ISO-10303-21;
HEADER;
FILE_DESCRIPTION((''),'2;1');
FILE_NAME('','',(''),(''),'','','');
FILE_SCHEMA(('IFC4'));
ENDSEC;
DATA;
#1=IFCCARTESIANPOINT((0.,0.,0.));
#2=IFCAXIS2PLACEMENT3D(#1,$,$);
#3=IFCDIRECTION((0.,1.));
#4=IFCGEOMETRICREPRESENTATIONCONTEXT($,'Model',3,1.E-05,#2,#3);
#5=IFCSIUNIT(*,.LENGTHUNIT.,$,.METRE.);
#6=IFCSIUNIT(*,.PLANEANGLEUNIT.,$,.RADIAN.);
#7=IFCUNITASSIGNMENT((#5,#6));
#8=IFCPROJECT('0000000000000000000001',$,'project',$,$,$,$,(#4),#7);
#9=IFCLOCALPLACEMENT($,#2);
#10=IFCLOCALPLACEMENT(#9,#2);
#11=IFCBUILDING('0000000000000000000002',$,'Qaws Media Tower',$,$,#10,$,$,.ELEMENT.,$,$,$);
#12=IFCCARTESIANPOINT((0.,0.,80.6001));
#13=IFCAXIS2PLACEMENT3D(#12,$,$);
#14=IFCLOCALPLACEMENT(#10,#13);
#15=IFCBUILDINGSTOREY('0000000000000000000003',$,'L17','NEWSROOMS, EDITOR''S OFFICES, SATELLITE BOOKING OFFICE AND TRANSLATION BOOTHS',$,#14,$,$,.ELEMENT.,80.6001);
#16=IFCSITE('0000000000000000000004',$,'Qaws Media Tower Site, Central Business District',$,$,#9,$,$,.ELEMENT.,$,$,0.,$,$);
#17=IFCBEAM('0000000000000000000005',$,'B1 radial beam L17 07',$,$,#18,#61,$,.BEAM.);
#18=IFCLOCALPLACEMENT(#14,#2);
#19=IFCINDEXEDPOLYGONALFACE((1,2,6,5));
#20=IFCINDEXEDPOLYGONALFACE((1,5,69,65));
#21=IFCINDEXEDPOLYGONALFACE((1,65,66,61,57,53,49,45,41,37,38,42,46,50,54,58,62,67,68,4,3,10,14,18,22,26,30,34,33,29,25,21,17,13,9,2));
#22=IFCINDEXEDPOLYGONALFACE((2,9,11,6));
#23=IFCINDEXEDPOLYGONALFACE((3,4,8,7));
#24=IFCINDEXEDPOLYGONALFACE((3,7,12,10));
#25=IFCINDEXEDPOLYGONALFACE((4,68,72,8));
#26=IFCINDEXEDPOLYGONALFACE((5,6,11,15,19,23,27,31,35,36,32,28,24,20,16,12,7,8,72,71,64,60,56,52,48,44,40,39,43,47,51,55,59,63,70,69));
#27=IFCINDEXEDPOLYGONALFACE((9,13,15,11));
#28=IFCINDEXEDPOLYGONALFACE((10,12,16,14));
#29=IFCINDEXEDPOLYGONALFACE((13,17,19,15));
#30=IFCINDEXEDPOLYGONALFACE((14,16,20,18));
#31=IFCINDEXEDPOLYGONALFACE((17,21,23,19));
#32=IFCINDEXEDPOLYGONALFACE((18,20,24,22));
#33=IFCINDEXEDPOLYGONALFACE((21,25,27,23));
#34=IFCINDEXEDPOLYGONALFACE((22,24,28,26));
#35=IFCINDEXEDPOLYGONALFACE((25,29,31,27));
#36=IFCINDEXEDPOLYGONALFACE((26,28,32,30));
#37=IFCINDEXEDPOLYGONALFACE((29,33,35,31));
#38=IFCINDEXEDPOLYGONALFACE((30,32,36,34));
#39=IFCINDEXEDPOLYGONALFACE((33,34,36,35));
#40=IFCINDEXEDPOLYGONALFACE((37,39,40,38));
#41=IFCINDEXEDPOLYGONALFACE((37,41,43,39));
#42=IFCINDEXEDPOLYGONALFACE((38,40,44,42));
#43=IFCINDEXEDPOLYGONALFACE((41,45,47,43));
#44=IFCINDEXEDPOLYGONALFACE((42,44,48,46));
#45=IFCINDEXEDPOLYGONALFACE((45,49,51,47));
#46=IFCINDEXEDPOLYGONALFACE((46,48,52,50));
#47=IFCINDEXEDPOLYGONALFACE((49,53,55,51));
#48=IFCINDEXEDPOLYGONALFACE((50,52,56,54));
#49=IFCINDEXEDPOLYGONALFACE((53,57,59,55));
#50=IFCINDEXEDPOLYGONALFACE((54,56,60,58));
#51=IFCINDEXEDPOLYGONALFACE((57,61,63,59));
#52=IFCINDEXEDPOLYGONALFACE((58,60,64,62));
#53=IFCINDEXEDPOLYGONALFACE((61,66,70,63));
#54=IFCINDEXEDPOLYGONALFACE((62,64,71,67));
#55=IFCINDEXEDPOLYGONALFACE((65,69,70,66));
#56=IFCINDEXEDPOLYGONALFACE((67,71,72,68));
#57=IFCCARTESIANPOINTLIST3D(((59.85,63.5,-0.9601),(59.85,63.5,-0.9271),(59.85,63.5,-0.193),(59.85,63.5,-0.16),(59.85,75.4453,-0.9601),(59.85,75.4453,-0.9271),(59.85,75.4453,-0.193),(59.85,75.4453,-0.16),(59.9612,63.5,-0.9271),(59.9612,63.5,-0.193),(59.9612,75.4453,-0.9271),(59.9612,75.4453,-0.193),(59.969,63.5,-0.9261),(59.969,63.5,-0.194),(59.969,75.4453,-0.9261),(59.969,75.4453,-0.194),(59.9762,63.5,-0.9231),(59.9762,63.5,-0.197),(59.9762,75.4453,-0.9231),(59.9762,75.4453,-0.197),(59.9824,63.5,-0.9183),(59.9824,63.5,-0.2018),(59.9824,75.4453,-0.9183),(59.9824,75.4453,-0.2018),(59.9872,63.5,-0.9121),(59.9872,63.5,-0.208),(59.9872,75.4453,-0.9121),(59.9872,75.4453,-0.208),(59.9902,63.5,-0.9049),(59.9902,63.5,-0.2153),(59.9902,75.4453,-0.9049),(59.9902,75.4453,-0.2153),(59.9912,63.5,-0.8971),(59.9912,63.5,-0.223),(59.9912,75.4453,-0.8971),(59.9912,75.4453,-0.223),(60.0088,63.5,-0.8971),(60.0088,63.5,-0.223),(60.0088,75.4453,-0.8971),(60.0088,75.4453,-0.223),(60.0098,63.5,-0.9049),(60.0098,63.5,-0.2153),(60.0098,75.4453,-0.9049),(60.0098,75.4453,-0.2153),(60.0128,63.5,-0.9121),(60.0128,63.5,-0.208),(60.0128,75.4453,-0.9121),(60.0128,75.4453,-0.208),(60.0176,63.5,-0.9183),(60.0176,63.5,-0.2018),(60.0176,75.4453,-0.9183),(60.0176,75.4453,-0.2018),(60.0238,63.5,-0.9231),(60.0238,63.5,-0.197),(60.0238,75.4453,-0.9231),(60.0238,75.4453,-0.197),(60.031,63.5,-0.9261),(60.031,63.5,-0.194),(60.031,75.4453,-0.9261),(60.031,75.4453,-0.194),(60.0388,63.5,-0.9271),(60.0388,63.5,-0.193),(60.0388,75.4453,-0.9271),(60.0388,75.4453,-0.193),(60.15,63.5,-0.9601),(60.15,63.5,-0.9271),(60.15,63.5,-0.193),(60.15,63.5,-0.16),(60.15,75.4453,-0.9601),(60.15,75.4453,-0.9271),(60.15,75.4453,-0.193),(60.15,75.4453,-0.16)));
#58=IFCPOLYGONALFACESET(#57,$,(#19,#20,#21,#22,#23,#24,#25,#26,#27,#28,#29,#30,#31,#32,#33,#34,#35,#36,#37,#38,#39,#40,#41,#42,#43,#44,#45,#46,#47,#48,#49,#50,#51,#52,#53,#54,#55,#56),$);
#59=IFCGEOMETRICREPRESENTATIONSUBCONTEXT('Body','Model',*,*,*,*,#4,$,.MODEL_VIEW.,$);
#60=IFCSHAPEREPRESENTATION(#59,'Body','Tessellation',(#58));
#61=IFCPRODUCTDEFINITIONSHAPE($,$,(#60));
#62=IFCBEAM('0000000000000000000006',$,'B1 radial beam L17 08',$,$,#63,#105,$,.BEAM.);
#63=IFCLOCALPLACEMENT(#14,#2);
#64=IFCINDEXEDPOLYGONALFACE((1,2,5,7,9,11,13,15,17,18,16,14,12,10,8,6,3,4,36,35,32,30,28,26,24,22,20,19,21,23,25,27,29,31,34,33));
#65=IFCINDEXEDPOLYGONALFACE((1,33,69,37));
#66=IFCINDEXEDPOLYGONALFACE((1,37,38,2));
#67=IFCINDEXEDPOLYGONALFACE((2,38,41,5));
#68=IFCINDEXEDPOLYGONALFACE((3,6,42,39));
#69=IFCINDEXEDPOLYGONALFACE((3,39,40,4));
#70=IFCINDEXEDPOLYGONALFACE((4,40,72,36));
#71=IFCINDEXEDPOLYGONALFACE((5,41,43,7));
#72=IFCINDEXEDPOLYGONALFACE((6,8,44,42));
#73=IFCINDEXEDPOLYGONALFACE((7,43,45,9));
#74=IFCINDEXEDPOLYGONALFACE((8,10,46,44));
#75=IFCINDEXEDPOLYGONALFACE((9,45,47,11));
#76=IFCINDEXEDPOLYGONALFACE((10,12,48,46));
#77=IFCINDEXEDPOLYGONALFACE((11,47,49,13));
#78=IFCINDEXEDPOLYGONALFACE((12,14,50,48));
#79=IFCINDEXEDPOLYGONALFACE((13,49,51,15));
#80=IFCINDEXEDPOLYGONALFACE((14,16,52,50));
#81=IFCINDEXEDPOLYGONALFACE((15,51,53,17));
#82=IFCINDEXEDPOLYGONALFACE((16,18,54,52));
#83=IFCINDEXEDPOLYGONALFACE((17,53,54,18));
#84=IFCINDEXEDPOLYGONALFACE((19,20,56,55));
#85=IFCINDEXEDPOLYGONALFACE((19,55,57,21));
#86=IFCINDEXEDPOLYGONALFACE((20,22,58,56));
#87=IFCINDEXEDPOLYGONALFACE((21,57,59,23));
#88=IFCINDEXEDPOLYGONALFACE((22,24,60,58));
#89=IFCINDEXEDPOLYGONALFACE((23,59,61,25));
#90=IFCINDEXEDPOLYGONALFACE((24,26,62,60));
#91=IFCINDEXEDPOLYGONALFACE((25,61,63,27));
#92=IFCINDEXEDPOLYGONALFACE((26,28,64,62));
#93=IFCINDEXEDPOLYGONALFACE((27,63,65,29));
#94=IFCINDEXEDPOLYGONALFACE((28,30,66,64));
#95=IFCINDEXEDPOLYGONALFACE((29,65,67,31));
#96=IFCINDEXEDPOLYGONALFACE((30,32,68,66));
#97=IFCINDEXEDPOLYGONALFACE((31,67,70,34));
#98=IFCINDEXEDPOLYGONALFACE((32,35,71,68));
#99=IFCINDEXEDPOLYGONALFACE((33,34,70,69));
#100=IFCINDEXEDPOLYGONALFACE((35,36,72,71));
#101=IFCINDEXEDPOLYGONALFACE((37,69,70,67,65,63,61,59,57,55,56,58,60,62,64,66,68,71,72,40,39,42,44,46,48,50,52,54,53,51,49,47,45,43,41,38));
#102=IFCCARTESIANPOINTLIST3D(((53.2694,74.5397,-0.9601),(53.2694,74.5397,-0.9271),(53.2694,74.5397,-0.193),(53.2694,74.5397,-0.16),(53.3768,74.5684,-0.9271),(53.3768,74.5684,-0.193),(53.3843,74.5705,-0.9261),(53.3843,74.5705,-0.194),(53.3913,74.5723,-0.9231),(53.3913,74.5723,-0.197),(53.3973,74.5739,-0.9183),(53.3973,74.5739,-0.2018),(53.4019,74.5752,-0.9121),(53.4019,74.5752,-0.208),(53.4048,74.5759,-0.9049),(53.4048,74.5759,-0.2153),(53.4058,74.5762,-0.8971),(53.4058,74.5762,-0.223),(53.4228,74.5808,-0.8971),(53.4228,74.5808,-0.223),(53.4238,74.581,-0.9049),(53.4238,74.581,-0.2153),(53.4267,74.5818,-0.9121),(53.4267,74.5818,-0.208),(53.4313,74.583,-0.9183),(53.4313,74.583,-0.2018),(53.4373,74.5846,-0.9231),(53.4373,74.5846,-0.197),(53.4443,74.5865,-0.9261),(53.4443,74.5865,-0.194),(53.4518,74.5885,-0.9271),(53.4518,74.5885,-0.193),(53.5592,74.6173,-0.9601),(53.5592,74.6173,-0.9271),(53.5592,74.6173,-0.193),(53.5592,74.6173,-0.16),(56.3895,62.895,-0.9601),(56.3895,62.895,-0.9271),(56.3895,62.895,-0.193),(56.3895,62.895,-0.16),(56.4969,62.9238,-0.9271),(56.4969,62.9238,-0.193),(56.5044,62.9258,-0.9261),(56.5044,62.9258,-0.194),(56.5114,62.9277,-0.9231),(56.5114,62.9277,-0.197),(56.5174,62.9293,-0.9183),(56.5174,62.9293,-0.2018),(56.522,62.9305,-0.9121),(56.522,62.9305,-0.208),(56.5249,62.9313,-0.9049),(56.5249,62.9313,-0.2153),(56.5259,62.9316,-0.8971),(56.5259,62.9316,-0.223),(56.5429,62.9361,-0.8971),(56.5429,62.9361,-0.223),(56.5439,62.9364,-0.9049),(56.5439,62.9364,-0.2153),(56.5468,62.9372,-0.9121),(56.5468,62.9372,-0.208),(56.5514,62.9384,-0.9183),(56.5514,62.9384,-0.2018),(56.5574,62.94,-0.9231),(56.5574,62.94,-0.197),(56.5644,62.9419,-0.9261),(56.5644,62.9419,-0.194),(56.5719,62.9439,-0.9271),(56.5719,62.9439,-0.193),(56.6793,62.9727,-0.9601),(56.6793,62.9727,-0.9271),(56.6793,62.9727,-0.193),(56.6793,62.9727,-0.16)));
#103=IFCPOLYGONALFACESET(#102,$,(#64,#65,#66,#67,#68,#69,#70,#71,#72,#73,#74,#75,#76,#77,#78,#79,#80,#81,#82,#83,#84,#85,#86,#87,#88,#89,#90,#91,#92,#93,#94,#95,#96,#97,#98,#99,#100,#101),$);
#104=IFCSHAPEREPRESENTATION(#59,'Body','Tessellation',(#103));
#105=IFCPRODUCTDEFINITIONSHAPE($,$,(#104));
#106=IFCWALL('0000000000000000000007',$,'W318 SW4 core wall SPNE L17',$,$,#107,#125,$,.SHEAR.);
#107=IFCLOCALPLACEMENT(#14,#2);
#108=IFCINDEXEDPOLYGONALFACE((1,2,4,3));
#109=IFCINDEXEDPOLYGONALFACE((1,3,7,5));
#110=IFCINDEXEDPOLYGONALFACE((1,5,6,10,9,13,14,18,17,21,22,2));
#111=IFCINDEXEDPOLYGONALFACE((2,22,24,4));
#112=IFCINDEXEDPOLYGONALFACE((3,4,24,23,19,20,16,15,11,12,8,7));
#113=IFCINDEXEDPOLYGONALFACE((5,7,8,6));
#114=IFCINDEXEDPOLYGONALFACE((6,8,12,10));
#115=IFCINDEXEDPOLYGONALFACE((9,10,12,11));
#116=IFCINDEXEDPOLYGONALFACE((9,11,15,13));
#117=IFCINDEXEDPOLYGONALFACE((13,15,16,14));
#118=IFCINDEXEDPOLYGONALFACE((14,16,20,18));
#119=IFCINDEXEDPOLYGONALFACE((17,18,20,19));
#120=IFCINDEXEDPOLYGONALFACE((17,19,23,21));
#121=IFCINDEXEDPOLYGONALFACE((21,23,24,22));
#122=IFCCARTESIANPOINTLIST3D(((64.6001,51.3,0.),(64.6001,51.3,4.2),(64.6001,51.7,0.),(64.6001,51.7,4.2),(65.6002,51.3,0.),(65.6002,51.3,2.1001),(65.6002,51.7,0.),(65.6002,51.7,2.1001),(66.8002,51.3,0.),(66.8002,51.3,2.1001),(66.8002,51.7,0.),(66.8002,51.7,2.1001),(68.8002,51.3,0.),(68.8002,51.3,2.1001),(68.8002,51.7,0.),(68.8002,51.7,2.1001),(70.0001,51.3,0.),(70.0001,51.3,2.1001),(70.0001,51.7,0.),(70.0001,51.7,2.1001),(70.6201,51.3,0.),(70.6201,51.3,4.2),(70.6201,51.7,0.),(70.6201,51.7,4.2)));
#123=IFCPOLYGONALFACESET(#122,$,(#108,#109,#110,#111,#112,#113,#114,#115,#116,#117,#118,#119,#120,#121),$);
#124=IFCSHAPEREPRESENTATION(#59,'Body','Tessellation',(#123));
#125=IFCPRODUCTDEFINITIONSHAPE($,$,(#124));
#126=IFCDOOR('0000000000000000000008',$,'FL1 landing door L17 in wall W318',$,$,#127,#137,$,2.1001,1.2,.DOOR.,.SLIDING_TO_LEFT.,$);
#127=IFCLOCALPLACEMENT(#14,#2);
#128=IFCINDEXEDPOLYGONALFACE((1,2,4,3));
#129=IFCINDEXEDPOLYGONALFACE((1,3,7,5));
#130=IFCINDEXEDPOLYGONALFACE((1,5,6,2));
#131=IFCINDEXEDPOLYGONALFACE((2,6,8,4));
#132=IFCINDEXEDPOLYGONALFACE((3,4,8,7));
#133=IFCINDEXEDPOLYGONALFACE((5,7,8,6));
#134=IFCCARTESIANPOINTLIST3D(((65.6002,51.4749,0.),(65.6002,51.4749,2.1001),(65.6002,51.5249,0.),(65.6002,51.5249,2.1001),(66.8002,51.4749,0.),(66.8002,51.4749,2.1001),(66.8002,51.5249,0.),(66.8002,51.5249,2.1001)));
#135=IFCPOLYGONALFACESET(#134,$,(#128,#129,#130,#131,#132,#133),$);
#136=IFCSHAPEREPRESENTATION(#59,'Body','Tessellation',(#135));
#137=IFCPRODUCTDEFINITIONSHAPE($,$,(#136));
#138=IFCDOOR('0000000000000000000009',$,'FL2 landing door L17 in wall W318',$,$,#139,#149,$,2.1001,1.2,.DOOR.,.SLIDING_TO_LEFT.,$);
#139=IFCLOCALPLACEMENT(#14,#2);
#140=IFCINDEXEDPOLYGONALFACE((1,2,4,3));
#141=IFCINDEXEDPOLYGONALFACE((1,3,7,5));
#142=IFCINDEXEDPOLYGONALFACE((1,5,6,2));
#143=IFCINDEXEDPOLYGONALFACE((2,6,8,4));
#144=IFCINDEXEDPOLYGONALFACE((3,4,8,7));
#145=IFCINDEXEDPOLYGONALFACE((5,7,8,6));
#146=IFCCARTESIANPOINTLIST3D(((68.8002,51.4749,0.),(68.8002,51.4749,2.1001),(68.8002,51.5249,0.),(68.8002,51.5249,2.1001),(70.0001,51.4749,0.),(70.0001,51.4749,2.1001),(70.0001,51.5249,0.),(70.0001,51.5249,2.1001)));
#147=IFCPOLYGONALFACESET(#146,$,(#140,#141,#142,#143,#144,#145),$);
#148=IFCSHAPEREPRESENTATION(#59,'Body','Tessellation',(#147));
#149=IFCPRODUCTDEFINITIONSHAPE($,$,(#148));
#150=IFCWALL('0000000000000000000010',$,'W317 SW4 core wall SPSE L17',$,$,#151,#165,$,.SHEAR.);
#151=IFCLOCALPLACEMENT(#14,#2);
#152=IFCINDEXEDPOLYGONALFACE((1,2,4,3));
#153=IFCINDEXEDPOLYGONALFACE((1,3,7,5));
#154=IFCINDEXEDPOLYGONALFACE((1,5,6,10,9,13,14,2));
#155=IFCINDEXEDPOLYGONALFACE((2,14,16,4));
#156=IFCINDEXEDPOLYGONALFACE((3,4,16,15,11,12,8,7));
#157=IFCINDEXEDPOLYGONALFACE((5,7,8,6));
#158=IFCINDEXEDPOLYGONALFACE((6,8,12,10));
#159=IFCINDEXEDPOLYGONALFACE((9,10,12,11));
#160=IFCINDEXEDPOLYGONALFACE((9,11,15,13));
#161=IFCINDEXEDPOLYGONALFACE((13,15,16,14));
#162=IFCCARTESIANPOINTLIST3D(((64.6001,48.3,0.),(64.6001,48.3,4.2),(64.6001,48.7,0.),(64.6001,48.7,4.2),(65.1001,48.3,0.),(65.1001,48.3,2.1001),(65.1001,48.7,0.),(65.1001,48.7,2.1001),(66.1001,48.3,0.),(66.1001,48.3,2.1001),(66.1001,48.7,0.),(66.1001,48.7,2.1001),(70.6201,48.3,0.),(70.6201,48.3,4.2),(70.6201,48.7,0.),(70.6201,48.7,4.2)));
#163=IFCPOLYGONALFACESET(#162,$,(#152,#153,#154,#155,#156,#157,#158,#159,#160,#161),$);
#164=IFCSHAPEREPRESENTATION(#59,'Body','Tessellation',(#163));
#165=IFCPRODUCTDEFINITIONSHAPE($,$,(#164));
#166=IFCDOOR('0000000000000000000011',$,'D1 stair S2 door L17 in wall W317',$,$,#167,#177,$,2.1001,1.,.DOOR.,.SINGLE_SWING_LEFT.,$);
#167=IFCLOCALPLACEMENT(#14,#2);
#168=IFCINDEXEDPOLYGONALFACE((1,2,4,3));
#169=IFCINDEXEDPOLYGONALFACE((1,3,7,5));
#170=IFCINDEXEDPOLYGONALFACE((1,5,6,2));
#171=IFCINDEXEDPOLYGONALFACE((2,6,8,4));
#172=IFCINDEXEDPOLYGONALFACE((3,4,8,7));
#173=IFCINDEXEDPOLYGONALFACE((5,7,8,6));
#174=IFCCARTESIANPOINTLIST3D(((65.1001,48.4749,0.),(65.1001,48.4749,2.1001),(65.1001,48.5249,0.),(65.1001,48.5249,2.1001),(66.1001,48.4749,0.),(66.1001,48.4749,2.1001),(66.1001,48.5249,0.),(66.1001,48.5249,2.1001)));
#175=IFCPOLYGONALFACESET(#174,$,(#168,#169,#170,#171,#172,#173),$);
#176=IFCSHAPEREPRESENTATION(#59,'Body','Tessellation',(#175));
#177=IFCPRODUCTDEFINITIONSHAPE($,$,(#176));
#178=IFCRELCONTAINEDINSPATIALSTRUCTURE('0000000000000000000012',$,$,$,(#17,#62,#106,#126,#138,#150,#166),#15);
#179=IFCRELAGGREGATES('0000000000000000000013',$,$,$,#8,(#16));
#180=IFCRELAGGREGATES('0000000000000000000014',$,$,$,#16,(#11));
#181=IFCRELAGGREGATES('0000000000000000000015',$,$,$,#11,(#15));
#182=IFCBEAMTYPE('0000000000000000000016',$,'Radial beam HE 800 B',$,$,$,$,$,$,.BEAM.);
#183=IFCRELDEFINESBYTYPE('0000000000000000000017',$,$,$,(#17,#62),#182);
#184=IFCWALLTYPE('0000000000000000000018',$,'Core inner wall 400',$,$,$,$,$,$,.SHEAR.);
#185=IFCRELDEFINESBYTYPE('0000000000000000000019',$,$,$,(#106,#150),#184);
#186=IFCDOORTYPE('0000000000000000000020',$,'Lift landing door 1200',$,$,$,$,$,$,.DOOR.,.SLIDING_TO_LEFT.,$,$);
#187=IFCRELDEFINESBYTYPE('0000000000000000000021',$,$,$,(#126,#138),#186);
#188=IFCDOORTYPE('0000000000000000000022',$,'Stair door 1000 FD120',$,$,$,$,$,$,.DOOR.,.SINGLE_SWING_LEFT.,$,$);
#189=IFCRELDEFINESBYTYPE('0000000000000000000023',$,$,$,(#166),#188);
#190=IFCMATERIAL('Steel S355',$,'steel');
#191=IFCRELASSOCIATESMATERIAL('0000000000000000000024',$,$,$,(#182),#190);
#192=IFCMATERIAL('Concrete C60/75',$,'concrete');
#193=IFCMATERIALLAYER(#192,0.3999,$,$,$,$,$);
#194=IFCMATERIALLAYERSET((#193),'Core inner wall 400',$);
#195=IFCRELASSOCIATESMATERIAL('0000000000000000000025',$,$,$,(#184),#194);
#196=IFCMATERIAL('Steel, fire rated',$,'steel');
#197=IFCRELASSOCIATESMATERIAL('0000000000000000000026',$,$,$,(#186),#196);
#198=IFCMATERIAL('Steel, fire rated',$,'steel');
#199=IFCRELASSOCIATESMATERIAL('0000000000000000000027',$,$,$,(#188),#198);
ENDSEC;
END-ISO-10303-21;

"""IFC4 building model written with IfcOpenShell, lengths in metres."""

from ifc_helpers import new_model, si_unit, direction, frame, frame_2d, origin, origin_2d, place, context, subcontext, project, spatial, rectangle, i_section, extrude, material, layer, layer_set, material_profile, profile_set, type_object, element, fill, save


model = new_model("IFC4")

# Units and contexts
model_context = context("Model", 3, precision=1e-05, world=origin(), true_north=direction((0.0, 1.0)))
body_context = subcontext(model_context, "Body", "Model", "MODEL_VIEW")
ifc_project = project(units=[si_unit("LENGTHUNIT", "METRE"), si_unit("PLANEANGLEUNIT", "RADIAN")], contexts=[model_context])

# Site, building, storey
site_placement = place(None, origin())
site = spatial("IfcSite", under=ifc_project, at=site_placement, Name="Qaws Media Tower Site, Central Business District", CompositionType="ELEMENT", RefElevation=0.0)
building_placement = place(site_placement, origin())
building = spatial("IfcBuilding", under=site, at=building_placement, Name="Qaws Media Tower", CompositionType="ELEMENT")
storey_placement = place(building_placement, frame((0.0, 0.0, 80.6001)))
storey = spatial("IfcBuildingStorey", under=building, at=storey_placement, Name="L17", Description="NEWSROOMS, EDITOR'S OFFICES, SATELLITE BOOKING OFFICE AND TRANSLATION BOOTHS", CompositionType="ELEMENT", Elevation=80.6001)

# Beams
ifc_material_1 = material(Name="Steel S355", Category="steel")
ifc_material_profile_1 = material_profile(ifc_material_1, i_section(OverallWidth=0.3, OverallDepth=0.8, WebThickness=0.0176, FlangeThickness=0.033, FilletRadius=0.03, at=origin_2d()), Name="HE 800 B")
ifc_profile_set_1 = profile_set([ifc_material_profile_1], Name="Steel S355")
beam_type_1 = type_object("IfcBeamType", Name="Radial beam HE 800 B", PredefinedType="BEAM", material=ifc_profile_set_1)
beam_1_placement = place(storey_placement, frame((60.0, 63.5, -0.5601), z_axis=(0.0, 1.0, 0.0), x_axis=(-1.0, 0.0, 0.0)))
element("IfcBeam", 1, at=beam_1_placement, inside=storey, type_object=beam_type_1, Name="B1 radial beam L17 07", PredefinedType="BEAM", context=body_context, shape_type="SweptSolid", body=[
    extrude(i_section(OverallWidth=0.3, OverallDepth=0.8, WebThickness=0.0176, FlangeThickness=0.033, FilletRadius=0.03, at=origin_2d()), origin(), (0.0, 0.0, 1.0), 11.9453),
])
beam_2_placement = place(storey_placement, frame((56.5344, 62.9338, -0.5601), z_axis=(-0.258817, 0.965926, 0.0), x_axis=(-0.965926, -0.258817, 0.0)))
element("IfcBeam", 2, at=beam_2_placement, inside=storey, type_object=beam_type_1, Name="B1 radial beam L17 08", PredefinedType="BEAM", context=body_context, shape_type="SweptSolid", body=[
    extrude(i_section(OverallWidth=0.3, OverallDepth=0.8, WebThickness=0.0176, FlangeThickness=0.033, FilletRadius=0.03, at=origin_2d()), origin(), (0.0, 0.0, 1.0), 12.0554),
])

# Wall, openings, doors
ifc_material_2 = material(Name="Concrete C60/75", Category="concrete")
ifc_layer_1 = layer(ifc_material_2, 0.3999)
ifc_layer_set_1 = layer_set([ifc_layer_1], Name="Core inner wall 400")
wall_type_1 = type_object("IfcWallType", Name="Core inner wall 400", PredefinedType="SHEAR", material=ifc_layer_set_1)
wall_1_placement = place(storey_placement, frame((64.6001, 51.5, 0.0), z_axis=(0.0, 0.0, 1.0), x_axis=(1.0, 0.0, 0.0)))
wall_1 = element("IfcWall", 3, at=wall_1_placement, inside=storey, type_object=wall_type_1, Name="W318 SW4 core wall SPNE L17", PredefinedType="SHEAR", context=body_context, shape_type="SweptSolid", body=[
    extrude(rectangle(XDim=6.02, YDim=0.3999, at=frame_2d((3.01, 0.0))), origin(), (0.0, 0.0, 1.0), 4.2),
])
opening_1_placement = place(wall_1_placement, frame((1.0, 0.0, 0.0)))
opening_1 = element("IfcOpeningElement", 4, at=opening_1_placement, cuts=wall_1, PredefinedType="OPENING", context=body_context, shape_type="SweptSolid", body=[
    extrude(rectangle(XDim=1.2, YDim=2.1001, at=frame_2d((0.6001, 1.05))), frame((0.0, 0.21, 0.0), z_axis=(0.0, -1.0, 0.0), x_axis=(1.0, 0.0, 0.0)), (0.0, 0.0, 1.0), 0.4199),
])
opening_2_placement = place(wall_1_placement, frame((4.2, 0.0, 0.0)))
opening_2 = element("IfcOpeningElement", 5, at=opening_2_placement, cuts=wall_1, PredefinedType="OPENING", context=body_context, shape_type="SweptSolid", body=[
    extrude(rectangle(XDim=1.2, YDim=2.1001, at=frame_2d((0.6001, 1.05))), frame((0.0, 0.21, 0.0), z_axis=(0.0, -1.0, 0.0), x_axis=(1.0, 0.0, 0.0)), (0.0, 0.0, 1.0), 0.4199),
])
ifc_material_3 = material(Name="Steel, fire rated", Category="steel")
door_type_1 = type_object("IfcDoorType", Name="Lift landing door 1200", OperationType="SLIDING_TO_LEFT", PredefinedType="DOOR", material=ifc_material_3)
door_1_placement = place(opening_1_placement, origin())
door_1 = element("IfcDoor", 6, at=door_1_placement, inside=storey, type_object=door_type_1, Name="FL1 landing door L17 in wall W318", OperationType="SLIDING_TO_LEFT", OverallHeight=2.1001, OverallWidth=1.2, PredefinedType="DOOR", context=body_context, shape_type="SweptSolid", body=[
    extrude(rectangle(XDim=1.2, YDim=2.1001, at=frame_2d((0.6001, 1.05))), frame((0.0, 0.0249, 0.0), z_axis=(0.0, -1.0, 0.0), x_axis=(1.0, 0.0, 0.0)), (0.0, 0.0, 1.0), 0.05),
])
fill(opening_1, door_1)
door_2_placement = place(opening_2_placement, origin())
door_2 = element("IfcDoor", 7, at=door_2_placement, inside=storey, type_object=door_type_1, Name="FL2 landing door L17 in wall W318", OperationType="SLIDING_TO_LEFT", OverallHeight=2.1001, OverallWidth=1.2, PredefinedType="DOOR", context=body_context, shape_type="SweptSolid", body=[
    extrude(rectangle(XDim=1.2, YDim=2.1001, at=frame_2d((0.6001, 1.05))), frame((0.0, 0.0249, 0.0), z_axis=(0.0, -1.0, 0.0), x_axis=(1.0, 0.0, 0.0)), (0.0, 0.0, 1.0), 0.05),
])
fill(opening_2, door_2)

# Wall, opening, door
wall_2_placement = place(storey_placement, frame((64.6001, 48.5, 0.0), z_axis=(0.0, 0.0, 1.0), x_axis=(1.0, 0.0, 0.0)))
wall_2 = element("IfcWall", 8, at=wall_2_placement, inside=storey, type_object=wall_type_1, Name="W317 SW4 core wall SPSE L17", PredefinedType="SHEAR", context=body_context, shape_type="SweptSolid", body=[
    extrude(rectangle(XDim=6.02, YDim=0.3999, at=frame_2d((3.01, 0.0))), origin(), (0.0, 0.0, 1.0), 4.2),
])
opening_3_placement = place(wall_2_placement, frame((0.5, 0.0, 0.0)))
opening_3 = element("IfcOpeningElement", 9, at=opening_3_placement, cuts=wall_2, PredefinedType="OPENING", context=body_context, shape_type="SweptSolid", body=[
    extrude(rectangle(XDim=1.0, YDim=2.1001, at=frame_2d((0.5, 1.05))), frame((0.0, 0.21, 0.0), z_axis=(0.0, -1.0, 0.0), x_axis=(1.0, 0.0, 0.0)), (0.0, 0.0, 1.0), 0.4199),
])
ifc_material_4 = material(Name="Steel, fire rated", Category="steel")
door_type_2 = type_object("IfcDoorType", Name="Stair door 1000 FD120", OperationType="SINGLE_SWING_LEFT", PredefinedType="DOOR", material=ifc_material_4)
door_3_placement = place(opening_3_placement, origin())
door_3 = element("IfcDoor", 10, at=door_3_placement, inside=storey, type_object=door_type_2, Name="D1 stair S2 door L17 in wall W317", OperationType="SINGLE_SWING_LEFT", OverallHeight=2.1001, OverallWidth=1.0, PredefinedType="DOOR", context=body_context, shape_type="SweptSolid", body=[
    extrude(rectangle(XDim=1.0, YDim=2.1001, at=frame_2d((0.5, 1.05))), frame((0.0, 0.0249, 0.0), z_axis=(0.0, -1.0, 0.0), x_axis=(1.0, 0.0, 0.0)), (0.0, 0.0, 1.0), 0.05),
])
fill(opening_3, door_3)

save(model, "model.ifc")
